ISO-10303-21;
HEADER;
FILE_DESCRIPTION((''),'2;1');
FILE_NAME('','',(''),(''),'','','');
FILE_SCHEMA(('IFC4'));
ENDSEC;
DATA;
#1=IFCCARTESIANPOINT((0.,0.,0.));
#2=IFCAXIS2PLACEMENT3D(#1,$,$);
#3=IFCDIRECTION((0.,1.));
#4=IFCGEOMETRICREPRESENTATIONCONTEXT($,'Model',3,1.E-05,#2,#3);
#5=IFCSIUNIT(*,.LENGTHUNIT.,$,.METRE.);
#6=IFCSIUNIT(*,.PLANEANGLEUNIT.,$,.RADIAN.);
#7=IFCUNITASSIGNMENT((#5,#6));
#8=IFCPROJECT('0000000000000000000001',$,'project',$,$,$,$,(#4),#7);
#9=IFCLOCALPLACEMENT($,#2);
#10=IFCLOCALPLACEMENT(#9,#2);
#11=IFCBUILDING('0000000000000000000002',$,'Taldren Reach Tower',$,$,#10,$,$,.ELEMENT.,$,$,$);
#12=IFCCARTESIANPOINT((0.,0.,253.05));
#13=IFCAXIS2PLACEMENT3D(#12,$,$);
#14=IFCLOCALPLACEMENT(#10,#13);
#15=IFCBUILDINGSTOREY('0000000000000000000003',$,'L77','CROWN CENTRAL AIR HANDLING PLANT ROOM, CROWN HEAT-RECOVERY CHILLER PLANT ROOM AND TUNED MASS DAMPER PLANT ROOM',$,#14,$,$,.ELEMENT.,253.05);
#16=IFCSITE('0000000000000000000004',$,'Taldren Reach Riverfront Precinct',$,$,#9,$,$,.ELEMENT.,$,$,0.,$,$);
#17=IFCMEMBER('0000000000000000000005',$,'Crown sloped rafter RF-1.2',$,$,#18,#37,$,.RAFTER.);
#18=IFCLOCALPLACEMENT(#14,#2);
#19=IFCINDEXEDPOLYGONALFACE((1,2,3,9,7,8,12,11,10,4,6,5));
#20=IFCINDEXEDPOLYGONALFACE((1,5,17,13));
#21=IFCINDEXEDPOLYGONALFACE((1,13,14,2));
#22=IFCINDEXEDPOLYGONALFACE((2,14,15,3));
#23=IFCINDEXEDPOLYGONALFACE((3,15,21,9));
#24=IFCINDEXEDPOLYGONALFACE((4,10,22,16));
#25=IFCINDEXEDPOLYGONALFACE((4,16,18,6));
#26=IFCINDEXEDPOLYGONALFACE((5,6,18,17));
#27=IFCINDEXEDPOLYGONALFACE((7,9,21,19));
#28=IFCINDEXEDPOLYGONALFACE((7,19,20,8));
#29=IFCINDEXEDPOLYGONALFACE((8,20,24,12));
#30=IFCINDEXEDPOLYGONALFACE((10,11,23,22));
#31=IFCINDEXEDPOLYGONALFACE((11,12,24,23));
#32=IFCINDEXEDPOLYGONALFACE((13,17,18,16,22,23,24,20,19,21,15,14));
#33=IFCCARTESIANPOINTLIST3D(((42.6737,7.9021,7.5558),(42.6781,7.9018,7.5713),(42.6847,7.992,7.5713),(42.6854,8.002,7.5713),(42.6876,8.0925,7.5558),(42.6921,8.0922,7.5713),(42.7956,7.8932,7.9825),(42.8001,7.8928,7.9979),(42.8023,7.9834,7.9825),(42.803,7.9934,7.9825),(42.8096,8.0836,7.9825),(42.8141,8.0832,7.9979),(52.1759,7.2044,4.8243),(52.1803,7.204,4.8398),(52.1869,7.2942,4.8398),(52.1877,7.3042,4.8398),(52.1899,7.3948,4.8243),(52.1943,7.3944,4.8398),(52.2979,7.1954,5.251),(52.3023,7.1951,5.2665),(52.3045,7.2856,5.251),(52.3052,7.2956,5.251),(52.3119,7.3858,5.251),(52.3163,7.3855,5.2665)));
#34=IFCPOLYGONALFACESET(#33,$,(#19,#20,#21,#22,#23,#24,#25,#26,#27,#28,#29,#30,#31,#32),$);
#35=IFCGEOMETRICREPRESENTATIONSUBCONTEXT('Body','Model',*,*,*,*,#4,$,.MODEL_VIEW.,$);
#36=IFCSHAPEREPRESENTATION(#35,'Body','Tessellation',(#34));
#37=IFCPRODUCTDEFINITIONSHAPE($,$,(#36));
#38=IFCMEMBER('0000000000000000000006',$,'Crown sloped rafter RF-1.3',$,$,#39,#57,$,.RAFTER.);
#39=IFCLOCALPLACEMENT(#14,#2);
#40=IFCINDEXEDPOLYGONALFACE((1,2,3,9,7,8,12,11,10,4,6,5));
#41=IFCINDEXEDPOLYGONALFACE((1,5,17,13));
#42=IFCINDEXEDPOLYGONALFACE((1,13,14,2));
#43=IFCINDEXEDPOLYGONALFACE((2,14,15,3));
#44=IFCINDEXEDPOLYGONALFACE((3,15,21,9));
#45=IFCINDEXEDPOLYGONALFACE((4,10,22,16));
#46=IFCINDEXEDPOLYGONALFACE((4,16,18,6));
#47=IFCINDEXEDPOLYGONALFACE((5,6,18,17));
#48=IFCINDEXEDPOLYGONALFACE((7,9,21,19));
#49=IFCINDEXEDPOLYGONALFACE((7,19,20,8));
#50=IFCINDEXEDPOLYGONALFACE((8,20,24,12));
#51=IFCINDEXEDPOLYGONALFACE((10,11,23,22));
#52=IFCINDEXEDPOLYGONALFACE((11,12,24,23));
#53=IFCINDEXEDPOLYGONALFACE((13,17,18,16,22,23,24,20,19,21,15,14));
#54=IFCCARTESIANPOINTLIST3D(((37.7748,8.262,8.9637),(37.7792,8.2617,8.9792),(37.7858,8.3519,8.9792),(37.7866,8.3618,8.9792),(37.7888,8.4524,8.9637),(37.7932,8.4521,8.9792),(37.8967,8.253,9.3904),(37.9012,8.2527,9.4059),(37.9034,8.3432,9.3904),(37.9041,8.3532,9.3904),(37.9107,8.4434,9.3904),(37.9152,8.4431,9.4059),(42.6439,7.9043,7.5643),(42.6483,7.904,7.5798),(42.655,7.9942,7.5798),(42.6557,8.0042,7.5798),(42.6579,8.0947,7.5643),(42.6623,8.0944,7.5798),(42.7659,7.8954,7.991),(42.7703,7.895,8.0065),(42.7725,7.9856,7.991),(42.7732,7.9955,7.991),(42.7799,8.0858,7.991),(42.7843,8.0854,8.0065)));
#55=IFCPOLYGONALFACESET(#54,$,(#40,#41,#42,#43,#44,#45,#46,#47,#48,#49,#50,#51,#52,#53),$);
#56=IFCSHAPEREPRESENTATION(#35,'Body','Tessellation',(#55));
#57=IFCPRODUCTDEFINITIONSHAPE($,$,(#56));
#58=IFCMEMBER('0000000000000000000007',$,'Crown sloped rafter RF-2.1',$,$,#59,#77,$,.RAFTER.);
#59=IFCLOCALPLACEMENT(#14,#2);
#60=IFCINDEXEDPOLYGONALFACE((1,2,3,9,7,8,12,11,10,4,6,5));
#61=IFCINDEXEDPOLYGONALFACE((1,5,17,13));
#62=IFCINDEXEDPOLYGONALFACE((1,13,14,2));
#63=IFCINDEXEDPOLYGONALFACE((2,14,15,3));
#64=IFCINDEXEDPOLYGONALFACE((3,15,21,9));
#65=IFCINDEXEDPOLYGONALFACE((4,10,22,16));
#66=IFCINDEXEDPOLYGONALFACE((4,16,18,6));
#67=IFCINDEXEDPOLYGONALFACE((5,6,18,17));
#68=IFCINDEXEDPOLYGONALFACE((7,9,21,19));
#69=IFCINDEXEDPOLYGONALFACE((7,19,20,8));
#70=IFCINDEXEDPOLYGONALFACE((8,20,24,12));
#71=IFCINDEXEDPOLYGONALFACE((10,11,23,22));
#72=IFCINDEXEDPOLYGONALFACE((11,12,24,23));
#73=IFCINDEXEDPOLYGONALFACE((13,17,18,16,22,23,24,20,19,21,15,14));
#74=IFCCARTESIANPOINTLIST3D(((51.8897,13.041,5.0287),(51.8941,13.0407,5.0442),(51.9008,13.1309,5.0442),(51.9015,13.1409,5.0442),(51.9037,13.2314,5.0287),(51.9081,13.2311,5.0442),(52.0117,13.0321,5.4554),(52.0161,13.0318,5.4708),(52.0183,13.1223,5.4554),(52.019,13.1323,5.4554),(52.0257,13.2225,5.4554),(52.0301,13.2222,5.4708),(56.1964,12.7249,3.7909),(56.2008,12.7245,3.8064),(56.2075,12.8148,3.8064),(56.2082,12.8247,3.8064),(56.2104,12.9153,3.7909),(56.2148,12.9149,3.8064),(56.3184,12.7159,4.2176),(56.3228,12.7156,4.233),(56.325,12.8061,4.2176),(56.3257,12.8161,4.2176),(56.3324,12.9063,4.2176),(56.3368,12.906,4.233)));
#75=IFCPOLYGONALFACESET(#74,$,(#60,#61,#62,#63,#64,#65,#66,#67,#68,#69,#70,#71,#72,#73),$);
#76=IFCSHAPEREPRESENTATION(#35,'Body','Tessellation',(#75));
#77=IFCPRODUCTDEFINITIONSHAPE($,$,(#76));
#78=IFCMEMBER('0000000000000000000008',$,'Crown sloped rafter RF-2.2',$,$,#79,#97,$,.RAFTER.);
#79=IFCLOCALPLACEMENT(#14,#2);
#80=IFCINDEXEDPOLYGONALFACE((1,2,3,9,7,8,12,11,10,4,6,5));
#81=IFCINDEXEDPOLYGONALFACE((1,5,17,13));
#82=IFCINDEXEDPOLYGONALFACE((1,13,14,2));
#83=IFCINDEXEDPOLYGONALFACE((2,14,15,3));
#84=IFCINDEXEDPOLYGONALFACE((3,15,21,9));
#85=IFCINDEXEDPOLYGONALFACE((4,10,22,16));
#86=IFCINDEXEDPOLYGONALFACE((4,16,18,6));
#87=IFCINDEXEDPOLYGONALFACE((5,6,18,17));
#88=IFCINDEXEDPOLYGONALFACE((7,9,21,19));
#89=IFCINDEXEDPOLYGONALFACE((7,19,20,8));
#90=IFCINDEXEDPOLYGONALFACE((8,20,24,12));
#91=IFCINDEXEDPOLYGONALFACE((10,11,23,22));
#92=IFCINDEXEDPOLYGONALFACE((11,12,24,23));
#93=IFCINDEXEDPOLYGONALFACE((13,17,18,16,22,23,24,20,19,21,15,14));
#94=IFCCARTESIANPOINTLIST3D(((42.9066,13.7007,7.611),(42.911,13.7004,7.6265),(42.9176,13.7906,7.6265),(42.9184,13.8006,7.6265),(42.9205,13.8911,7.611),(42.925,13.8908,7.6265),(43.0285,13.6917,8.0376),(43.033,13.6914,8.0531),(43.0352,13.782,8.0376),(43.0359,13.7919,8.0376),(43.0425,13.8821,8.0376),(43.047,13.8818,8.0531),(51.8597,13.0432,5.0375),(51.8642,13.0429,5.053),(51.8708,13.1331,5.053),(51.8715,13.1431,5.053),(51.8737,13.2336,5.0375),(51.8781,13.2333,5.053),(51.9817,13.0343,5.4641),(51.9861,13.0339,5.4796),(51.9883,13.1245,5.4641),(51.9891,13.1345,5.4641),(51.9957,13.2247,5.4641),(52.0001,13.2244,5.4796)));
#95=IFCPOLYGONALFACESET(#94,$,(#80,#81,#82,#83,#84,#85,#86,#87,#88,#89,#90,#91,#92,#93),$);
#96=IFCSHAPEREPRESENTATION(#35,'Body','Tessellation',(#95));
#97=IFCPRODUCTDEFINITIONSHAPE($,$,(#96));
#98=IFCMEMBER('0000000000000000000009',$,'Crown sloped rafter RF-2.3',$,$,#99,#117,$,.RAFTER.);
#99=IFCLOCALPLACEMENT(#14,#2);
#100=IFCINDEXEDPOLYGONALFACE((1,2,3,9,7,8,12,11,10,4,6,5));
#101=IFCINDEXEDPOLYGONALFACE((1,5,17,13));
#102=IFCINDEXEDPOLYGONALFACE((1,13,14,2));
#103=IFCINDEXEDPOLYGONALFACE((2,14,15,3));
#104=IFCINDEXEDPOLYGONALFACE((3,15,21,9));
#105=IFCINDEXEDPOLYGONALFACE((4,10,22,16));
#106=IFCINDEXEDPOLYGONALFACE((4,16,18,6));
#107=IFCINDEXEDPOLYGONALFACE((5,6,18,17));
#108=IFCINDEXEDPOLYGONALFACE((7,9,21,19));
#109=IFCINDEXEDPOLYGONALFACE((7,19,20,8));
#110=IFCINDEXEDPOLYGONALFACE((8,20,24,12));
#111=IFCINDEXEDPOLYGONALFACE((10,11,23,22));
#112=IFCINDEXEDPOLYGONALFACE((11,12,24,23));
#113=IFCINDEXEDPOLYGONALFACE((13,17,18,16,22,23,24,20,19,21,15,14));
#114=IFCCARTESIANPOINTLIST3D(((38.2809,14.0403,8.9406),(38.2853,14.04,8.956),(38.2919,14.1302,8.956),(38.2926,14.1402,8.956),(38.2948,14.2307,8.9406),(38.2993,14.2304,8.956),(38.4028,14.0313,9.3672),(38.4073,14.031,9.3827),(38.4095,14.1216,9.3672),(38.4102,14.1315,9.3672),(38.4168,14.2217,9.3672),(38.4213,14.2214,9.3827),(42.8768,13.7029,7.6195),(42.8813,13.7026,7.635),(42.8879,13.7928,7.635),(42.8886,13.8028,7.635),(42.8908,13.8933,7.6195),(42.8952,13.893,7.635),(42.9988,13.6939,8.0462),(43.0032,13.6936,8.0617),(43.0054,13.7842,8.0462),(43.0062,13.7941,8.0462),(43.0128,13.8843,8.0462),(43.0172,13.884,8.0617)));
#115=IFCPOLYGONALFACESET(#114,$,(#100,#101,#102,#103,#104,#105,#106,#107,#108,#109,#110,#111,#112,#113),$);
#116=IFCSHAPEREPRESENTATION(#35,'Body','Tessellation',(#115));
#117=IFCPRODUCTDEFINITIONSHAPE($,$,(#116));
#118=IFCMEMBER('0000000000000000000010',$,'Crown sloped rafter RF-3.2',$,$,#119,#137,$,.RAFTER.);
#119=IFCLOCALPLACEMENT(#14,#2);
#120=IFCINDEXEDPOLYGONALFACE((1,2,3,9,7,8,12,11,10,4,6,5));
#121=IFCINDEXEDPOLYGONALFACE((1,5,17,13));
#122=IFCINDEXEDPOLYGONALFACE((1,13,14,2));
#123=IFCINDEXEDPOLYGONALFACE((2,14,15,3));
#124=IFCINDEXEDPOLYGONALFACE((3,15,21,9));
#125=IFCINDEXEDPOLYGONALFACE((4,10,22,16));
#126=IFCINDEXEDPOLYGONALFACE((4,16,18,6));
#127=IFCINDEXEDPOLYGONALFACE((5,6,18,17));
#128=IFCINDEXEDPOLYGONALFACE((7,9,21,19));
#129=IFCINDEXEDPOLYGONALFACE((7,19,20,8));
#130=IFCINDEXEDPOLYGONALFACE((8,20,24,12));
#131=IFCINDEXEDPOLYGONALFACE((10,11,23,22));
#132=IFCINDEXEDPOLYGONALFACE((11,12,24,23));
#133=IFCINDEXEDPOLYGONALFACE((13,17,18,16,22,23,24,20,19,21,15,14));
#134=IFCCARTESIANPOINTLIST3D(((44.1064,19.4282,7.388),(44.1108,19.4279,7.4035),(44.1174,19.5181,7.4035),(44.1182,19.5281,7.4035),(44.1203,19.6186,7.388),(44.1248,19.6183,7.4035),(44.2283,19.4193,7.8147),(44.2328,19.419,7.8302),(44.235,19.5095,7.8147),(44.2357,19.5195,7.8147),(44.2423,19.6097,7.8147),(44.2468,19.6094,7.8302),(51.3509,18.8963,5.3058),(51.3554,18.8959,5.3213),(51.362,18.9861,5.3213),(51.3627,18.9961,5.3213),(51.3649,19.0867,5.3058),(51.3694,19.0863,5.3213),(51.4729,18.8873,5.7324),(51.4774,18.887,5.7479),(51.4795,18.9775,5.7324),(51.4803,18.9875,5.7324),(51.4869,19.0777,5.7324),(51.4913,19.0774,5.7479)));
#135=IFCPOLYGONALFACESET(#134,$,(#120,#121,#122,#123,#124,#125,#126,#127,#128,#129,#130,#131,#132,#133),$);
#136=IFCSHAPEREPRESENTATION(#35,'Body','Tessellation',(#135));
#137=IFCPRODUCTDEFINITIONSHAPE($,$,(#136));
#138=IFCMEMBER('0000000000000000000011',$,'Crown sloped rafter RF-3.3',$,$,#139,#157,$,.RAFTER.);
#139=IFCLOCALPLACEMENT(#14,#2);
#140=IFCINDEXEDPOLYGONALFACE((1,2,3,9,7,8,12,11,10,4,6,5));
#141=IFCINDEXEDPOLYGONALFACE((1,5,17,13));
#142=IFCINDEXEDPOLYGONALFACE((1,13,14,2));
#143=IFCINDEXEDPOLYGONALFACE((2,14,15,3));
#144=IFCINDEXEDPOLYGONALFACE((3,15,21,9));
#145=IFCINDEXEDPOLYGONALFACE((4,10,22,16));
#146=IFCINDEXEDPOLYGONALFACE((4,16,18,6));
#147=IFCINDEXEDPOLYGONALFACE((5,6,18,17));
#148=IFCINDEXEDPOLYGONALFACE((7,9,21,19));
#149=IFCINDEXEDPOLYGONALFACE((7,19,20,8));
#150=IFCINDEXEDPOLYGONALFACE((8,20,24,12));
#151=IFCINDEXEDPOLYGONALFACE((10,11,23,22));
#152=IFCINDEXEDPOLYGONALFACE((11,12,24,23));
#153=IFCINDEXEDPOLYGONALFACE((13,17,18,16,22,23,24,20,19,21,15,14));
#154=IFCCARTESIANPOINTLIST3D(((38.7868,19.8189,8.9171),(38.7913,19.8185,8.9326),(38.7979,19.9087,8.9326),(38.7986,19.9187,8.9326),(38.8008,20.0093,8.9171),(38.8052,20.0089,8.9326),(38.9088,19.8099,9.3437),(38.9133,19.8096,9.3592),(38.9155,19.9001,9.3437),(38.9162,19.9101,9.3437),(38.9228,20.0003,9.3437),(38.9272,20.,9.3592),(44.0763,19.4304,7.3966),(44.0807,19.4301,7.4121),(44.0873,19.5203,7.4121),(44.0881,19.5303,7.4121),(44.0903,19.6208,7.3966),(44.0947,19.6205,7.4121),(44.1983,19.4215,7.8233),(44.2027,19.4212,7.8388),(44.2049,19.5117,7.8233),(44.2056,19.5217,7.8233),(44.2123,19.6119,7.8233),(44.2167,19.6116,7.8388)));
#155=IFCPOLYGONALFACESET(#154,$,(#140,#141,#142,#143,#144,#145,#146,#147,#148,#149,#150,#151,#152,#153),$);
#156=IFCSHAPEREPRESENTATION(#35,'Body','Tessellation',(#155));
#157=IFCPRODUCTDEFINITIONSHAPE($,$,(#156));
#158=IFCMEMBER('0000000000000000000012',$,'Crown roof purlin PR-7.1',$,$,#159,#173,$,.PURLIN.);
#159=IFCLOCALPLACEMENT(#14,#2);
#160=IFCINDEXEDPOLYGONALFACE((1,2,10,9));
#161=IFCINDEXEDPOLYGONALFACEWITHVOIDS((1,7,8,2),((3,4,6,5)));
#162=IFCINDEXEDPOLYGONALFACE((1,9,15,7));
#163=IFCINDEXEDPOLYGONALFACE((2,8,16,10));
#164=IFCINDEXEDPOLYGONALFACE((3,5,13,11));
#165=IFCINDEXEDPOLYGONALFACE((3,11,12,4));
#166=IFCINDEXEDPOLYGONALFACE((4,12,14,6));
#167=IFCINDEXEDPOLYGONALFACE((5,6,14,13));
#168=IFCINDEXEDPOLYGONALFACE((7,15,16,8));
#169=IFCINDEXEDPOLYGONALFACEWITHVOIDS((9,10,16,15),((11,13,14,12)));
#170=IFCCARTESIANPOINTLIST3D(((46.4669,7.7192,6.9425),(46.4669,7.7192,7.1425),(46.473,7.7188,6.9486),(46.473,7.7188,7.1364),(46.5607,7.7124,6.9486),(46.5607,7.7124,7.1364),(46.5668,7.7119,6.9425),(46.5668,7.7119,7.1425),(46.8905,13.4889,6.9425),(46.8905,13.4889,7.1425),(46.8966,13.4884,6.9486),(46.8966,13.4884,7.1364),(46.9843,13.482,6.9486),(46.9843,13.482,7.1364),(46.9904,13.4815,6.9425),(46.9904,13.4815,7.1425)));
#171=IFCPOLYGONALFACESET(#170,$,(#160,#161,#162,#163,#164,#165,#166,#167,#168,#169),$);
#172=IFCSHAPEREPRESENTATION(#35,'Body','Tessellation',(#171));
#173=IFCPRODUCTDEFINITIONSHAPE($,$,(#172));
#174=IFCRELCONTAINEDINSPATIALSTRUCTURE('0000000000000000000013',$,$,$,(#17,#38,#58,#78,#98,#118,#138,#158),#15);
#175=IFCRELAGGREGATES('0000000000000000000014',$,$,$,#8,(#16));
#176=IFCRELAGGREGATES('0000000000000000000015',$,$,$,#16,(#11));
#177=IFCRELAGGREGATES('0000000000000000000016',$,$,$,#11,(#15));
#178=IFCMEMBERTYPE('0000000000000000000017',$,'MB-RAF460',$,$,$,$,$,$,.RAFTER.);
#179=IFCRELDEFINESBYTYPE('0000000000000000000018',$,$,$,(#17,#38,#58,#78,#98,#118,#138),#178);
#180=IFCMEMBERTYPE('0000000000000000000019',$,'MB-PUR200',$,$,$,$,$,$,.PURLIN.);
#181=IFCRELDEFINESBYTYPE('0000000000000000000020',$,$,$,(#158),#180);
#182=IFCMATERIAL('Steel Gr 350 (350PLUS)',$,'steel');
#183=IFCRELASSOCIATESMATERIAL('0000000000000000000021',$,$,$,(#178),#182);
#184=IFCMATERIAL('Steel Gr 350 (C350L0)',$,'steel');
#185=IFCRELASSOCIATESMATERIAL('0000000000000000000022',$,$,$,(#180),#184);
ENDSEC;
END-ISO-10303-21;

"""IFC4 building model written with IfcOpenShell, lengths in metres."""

from ifc_helpers import new_model, si_unit, direction, frame, origin, origin_2d, place, context, subcontext, project, spatial, hollow_rectangle, i_section, extrude, source, transform, mapped, material, material_profile, profile_set, type_object, element, save


model = new_model("IFC4")

# Units and contexts
model_context = context("Model", 3, precision=1e-05, world=origin(), true_north=direction((0.0, 1.0)))
body_context = subcontext(model_context, "Body", "Model", "MODEL_VIEW")
ifc_project = project(units=[si_unit("LENGTHUNIT", "METRE"), si_unit("PLANEANGLEUNIT", "RADIAN")], contexts=[model_context])

# Site, building, storey
site_placement = place(None, origin())
site = spatial("IfcSite", under=ifc_project, at=site_placement, Name="Taldren Reach Riverfront Precinct", CompositionType="ELEMENT", RefElevation=0.0)
building_placement = place(site_placement, origin())
building = spatial("IfcBuilding", under=site, at=building_placement, Name="Taldren Reach Tower", CompositionType="ELEMENT")
storey_placement = place(building_placement, frame((0.0, 0.0, 253.05)))
storey = spatial("IfcBuildingStorey", under=building, at=storey_placement, Name="L77", Description="CROWN CENTRAL AIR HANDLING PLANT ROOM, CROWN HEAT-RECOVERY CHILLER PLANT ROOM AND TUNED MASS DAMPER PLANT ROOM", CompositionType="ELEMENT", Elevation=253.05)

# Shared definitions
ifc_material_1 = material(Name="Steel Gr 350 (350PLUS)", Category="steel")

# Shared definitions
ifc_material_2 = material(Name="Steel Gr 350 (C350L0)", Category="steel")

# Members
ifc_material_profile_1 = material_profile(ifc_material_1, i_section(OverallWidth=0.1909, OverallDepth=0.46, WebThickness=0.01, FlangeThickness=0.0161, at=origin_2d()), Name="460UB82.1")
ifc_profile_set_1 = profile_set([ifc_material_profile_1], Name="Steel Gr 350 (350PLUS)")
member_type_1 = type_object("IfcMemberType", Name="MB-RAF460", PredefinedType="RAFTER", material=ifc_profile_set_1)
shared_shape_1 = source(origin(), body_context, "Body", "SweptSolid", [
    extrude(i_section(OverallWidth=0.1909, OverallDepth=0.46, WebThickness=0.01, FlangeThickness=0.0161, at=origin_2d()), origin(), (0.0, 0.0, 1.0), 9.9116),
])
member_1_placement = place(storey_placement, frame((52.2461, 7.2949, 5.0454), z_axis=(-0.958697, 0.070398, 0.275581), x_axis=(-0.073234, -0.997315, 0.0)))
element("IfcMember", 1, at=member_1_placement, inside=storey, type_object=member_type_1, Name="Crown sloped rafter RF-1.2", PredefinedType="RAFTER", context=body_context, shape_type="MappedRepresentation", body=[
    mapped(shared_shape_1, transform((0.0, 0.0, 0.0), scale=1.0)),
])
shared_shape_2 = source(origin(), body_context, "Body", "SweptSolid", [
    extrude(i_section(OverallWidth=0.1909, OverallDepth=0.46, WebThickness=0.01, FlangeThickness=0.0161, at=origin_2d()), origin(), (0.0, 0.0, 1.0), 5.0789),
])
member_2_placement = place(storey_placement, frame((42.7141, 7.9949, 7.7854), z_axis=(-0.958707, 0.070423, 0.275537), x_axis=(-0.073258, -0.997313, 0.0)))
element("IfcMember", 2, at=member_2_placement, inside=storey, type_object=member_type_1, Name="Crown sloped rafter RF-1.3", PredefinedType="RAFTER", context=body_context, shape_type="MappedRepresentation", body=[
    mapped(shared_shape_2, transform((0.0, 0.0, 0.0), scale=1.0)),
])
shared_shape_3 = source(origin(), body_context, "Body", "SweptSolid", [
    extrude(i_section(OverallWidth=0.1909, OverallDepth=0.46, WebThickness=0.01, FlangeThickness=0.0161, at=origin_2d()), origin(), (0.0, 0.0, 1.0), 4.4922),
])
member_3_placement = place(storey_placement, frame((56.2666, 12.8154, 4.012), z_axis=(-0.958708, 0.070381, 0.275547), x_axis=(-0.073216, -0.997316, 0.0)))
element("IfcMember", 3, at=member_3_placement, inside=storey, type_object=member_type_1, Name="Crown sloped rafter RF-2.1", PredefinedType="RAFTER", context=body_context, shape_type="MappedRepresentation", body=[
    mapped(shared_shape_3, transform((0.0, 0.0, 0.0), scale=1.0)),
])
shared_shape_4 = source(origin(), body_context, "Body", "SweptSolid", [
    extrude(i_section(OverallWidth=0.1909, OverallDepth=0.46, WebThickness=0.01, FlangeThickness=0.0161, at=origin_2d()), origin(), (0.0, 0.0, 1.0), 9.3389),
])
member_4_placement = place(storey_placement, frame((51.9299, 13.1338, 5.2585), z_axis=(-0.9587, 0.070402, 0.275569), x_axis=(-0.073238, -0.997315, 0.0)))
element("IfcMember", 4, at=member_4_placement, inside=storey, type_object=member_type_1, Name="Crown sloped rafter RF-2.2", PredefinedType="RAFTER", context=body_context, shape_type="MappedRepresentation", body=[
    mapped(shared_shape_4, transform((0.0, 0.0, 0.0), scale=1.0)),
])
shared_shape_5 = source(origin(), body_context, "Body", "SweptSolid", [
    extrude(i_section(OverallWidth=0.1909, OverallDepth=0.46, WebThickness=0.01, FlangeThickness=0.0161, at=origin_2d()), origin(), (0.0, 0.0, 1.0), 4.7939),
])
member_5_placement = place(storey_placement, frame((42.947, 13.7935, 7.8406), z_axis=(-0.958702, 0.070381, 0.275566), x_axis=(-0.073216, -0.997316, 0.0)))
element("IfcMember", 5, at=member_5_placement, inside=storey, type_object=member_type_1, Name="Crown sloped rafter RF-2.3", PredefinedType="RAFTER", context=body_context, shape_type="MappedRepresentation", body=[
    mapped(shared_shape_5, transform((0.0, 0.0, 0.0), scale=1.0)),
])
shared_shape_6 = source(origin(), body_context, "Body", "SweptSolid", [
    extrude(i_section(OverallWidth=0.1909, OverallDepth=0.46, WebThickness=0.01, FlangeThickness=0.0161, at=origin_2d()), origin(), (0.0, 0.0, 1.0), 7.5566),
])
member_6_placement = place(storey_placement, frame((51.4211, 18.9868, 5.5269), z_axis=(-0.958704, 0.070399, 0.275554), x_axis=(-0.073234, -0.997315, 0.0)))
element("IfcMember", 6, at=member_6_placement, inside=storey, type_object=member_type_1, Name="Crown sloped rafter RF-3.2", PredefinedType="RAFTER", context=body_context, shape_type="MappedRepresentation", body=[
    mapped(shared_shape_6, transform((0.0, 0.0, 0.0), scale=1.0)),
])
shared_shape_7 = source(origin(), body_context, "Body", "SweptSolid", [
    extrude(i_section(OverallWidth=0.1909, OverallDepth=0.46, WebThickness=0.01, FlangeThickness=0.0161, at=origin_2d()), origin(), (0.0, 0.0, 1.0), 5.5173),
])
member_7_placement = place(storey_placement, frame((44.1465, 19.521, 7.6177), z_axis=(-0.958696, 0.0704, 0.275582), x_axis=(-0.073236, -0.997315, 0.0)))
element("IfcMember", 7, at=member_7_placement, inside=storey, type_object=member_type_1, Name="Crown sloped rafter RF-3.3", PredefinedType="RAFTER", context=body_context, shape_type="MappedRepresentation", body=[
    mapped(shared_shape_7, transform((0.0, 0.0, 0.0), scale=1.0)),
])
ifc_material_profile_2 = material_profile(ifc_material_2, hollow_rectangle(XDim=0.1001, YDim=0.2, WallThickness=0.0061, at=origin_2d()), Name="200x100x6.0RHS")
ifc_profile_set_2 = profile_set([ifc_material_profile_2], Name="Steel Gr 350 (C350L0)")
member_type_2 = type_object("IfcMemberType", Name="MB-PUR200", PredefinedType="PURLIN", material=ifc_profile_set_2)
shared_shape_8 = source(origin(), body_context, "Body", "SweptSolid", [
    extrude(hollow_rectangle(XDim=0.1001, YDim=0.2, WallThickness=0.0061, at=origin_2d()), origin(), (0.0, 0.0, 1.0), 5.7852),
])
member_8_placement = place(storey_placement, frame((46.5168, 7.7156, 7.0425), z_axis=(0.07322, 0.997316, 0.0), x_axis=(-0.997316, 0.07322, 0.0)))
element("IfcMember", 8, at=member_8_placement, inside=storey, type_object=member_type_2, Name="Crown roof purlin PR-7.1", PredefinedType="PURLIN", context=body_context, shape_type="MappedRepresentation", body=[
    mapped(shared_shape_8, transform((0.0, 0.0, 0.0), scale=1.0)),
])

save(model, "model.ifc")
